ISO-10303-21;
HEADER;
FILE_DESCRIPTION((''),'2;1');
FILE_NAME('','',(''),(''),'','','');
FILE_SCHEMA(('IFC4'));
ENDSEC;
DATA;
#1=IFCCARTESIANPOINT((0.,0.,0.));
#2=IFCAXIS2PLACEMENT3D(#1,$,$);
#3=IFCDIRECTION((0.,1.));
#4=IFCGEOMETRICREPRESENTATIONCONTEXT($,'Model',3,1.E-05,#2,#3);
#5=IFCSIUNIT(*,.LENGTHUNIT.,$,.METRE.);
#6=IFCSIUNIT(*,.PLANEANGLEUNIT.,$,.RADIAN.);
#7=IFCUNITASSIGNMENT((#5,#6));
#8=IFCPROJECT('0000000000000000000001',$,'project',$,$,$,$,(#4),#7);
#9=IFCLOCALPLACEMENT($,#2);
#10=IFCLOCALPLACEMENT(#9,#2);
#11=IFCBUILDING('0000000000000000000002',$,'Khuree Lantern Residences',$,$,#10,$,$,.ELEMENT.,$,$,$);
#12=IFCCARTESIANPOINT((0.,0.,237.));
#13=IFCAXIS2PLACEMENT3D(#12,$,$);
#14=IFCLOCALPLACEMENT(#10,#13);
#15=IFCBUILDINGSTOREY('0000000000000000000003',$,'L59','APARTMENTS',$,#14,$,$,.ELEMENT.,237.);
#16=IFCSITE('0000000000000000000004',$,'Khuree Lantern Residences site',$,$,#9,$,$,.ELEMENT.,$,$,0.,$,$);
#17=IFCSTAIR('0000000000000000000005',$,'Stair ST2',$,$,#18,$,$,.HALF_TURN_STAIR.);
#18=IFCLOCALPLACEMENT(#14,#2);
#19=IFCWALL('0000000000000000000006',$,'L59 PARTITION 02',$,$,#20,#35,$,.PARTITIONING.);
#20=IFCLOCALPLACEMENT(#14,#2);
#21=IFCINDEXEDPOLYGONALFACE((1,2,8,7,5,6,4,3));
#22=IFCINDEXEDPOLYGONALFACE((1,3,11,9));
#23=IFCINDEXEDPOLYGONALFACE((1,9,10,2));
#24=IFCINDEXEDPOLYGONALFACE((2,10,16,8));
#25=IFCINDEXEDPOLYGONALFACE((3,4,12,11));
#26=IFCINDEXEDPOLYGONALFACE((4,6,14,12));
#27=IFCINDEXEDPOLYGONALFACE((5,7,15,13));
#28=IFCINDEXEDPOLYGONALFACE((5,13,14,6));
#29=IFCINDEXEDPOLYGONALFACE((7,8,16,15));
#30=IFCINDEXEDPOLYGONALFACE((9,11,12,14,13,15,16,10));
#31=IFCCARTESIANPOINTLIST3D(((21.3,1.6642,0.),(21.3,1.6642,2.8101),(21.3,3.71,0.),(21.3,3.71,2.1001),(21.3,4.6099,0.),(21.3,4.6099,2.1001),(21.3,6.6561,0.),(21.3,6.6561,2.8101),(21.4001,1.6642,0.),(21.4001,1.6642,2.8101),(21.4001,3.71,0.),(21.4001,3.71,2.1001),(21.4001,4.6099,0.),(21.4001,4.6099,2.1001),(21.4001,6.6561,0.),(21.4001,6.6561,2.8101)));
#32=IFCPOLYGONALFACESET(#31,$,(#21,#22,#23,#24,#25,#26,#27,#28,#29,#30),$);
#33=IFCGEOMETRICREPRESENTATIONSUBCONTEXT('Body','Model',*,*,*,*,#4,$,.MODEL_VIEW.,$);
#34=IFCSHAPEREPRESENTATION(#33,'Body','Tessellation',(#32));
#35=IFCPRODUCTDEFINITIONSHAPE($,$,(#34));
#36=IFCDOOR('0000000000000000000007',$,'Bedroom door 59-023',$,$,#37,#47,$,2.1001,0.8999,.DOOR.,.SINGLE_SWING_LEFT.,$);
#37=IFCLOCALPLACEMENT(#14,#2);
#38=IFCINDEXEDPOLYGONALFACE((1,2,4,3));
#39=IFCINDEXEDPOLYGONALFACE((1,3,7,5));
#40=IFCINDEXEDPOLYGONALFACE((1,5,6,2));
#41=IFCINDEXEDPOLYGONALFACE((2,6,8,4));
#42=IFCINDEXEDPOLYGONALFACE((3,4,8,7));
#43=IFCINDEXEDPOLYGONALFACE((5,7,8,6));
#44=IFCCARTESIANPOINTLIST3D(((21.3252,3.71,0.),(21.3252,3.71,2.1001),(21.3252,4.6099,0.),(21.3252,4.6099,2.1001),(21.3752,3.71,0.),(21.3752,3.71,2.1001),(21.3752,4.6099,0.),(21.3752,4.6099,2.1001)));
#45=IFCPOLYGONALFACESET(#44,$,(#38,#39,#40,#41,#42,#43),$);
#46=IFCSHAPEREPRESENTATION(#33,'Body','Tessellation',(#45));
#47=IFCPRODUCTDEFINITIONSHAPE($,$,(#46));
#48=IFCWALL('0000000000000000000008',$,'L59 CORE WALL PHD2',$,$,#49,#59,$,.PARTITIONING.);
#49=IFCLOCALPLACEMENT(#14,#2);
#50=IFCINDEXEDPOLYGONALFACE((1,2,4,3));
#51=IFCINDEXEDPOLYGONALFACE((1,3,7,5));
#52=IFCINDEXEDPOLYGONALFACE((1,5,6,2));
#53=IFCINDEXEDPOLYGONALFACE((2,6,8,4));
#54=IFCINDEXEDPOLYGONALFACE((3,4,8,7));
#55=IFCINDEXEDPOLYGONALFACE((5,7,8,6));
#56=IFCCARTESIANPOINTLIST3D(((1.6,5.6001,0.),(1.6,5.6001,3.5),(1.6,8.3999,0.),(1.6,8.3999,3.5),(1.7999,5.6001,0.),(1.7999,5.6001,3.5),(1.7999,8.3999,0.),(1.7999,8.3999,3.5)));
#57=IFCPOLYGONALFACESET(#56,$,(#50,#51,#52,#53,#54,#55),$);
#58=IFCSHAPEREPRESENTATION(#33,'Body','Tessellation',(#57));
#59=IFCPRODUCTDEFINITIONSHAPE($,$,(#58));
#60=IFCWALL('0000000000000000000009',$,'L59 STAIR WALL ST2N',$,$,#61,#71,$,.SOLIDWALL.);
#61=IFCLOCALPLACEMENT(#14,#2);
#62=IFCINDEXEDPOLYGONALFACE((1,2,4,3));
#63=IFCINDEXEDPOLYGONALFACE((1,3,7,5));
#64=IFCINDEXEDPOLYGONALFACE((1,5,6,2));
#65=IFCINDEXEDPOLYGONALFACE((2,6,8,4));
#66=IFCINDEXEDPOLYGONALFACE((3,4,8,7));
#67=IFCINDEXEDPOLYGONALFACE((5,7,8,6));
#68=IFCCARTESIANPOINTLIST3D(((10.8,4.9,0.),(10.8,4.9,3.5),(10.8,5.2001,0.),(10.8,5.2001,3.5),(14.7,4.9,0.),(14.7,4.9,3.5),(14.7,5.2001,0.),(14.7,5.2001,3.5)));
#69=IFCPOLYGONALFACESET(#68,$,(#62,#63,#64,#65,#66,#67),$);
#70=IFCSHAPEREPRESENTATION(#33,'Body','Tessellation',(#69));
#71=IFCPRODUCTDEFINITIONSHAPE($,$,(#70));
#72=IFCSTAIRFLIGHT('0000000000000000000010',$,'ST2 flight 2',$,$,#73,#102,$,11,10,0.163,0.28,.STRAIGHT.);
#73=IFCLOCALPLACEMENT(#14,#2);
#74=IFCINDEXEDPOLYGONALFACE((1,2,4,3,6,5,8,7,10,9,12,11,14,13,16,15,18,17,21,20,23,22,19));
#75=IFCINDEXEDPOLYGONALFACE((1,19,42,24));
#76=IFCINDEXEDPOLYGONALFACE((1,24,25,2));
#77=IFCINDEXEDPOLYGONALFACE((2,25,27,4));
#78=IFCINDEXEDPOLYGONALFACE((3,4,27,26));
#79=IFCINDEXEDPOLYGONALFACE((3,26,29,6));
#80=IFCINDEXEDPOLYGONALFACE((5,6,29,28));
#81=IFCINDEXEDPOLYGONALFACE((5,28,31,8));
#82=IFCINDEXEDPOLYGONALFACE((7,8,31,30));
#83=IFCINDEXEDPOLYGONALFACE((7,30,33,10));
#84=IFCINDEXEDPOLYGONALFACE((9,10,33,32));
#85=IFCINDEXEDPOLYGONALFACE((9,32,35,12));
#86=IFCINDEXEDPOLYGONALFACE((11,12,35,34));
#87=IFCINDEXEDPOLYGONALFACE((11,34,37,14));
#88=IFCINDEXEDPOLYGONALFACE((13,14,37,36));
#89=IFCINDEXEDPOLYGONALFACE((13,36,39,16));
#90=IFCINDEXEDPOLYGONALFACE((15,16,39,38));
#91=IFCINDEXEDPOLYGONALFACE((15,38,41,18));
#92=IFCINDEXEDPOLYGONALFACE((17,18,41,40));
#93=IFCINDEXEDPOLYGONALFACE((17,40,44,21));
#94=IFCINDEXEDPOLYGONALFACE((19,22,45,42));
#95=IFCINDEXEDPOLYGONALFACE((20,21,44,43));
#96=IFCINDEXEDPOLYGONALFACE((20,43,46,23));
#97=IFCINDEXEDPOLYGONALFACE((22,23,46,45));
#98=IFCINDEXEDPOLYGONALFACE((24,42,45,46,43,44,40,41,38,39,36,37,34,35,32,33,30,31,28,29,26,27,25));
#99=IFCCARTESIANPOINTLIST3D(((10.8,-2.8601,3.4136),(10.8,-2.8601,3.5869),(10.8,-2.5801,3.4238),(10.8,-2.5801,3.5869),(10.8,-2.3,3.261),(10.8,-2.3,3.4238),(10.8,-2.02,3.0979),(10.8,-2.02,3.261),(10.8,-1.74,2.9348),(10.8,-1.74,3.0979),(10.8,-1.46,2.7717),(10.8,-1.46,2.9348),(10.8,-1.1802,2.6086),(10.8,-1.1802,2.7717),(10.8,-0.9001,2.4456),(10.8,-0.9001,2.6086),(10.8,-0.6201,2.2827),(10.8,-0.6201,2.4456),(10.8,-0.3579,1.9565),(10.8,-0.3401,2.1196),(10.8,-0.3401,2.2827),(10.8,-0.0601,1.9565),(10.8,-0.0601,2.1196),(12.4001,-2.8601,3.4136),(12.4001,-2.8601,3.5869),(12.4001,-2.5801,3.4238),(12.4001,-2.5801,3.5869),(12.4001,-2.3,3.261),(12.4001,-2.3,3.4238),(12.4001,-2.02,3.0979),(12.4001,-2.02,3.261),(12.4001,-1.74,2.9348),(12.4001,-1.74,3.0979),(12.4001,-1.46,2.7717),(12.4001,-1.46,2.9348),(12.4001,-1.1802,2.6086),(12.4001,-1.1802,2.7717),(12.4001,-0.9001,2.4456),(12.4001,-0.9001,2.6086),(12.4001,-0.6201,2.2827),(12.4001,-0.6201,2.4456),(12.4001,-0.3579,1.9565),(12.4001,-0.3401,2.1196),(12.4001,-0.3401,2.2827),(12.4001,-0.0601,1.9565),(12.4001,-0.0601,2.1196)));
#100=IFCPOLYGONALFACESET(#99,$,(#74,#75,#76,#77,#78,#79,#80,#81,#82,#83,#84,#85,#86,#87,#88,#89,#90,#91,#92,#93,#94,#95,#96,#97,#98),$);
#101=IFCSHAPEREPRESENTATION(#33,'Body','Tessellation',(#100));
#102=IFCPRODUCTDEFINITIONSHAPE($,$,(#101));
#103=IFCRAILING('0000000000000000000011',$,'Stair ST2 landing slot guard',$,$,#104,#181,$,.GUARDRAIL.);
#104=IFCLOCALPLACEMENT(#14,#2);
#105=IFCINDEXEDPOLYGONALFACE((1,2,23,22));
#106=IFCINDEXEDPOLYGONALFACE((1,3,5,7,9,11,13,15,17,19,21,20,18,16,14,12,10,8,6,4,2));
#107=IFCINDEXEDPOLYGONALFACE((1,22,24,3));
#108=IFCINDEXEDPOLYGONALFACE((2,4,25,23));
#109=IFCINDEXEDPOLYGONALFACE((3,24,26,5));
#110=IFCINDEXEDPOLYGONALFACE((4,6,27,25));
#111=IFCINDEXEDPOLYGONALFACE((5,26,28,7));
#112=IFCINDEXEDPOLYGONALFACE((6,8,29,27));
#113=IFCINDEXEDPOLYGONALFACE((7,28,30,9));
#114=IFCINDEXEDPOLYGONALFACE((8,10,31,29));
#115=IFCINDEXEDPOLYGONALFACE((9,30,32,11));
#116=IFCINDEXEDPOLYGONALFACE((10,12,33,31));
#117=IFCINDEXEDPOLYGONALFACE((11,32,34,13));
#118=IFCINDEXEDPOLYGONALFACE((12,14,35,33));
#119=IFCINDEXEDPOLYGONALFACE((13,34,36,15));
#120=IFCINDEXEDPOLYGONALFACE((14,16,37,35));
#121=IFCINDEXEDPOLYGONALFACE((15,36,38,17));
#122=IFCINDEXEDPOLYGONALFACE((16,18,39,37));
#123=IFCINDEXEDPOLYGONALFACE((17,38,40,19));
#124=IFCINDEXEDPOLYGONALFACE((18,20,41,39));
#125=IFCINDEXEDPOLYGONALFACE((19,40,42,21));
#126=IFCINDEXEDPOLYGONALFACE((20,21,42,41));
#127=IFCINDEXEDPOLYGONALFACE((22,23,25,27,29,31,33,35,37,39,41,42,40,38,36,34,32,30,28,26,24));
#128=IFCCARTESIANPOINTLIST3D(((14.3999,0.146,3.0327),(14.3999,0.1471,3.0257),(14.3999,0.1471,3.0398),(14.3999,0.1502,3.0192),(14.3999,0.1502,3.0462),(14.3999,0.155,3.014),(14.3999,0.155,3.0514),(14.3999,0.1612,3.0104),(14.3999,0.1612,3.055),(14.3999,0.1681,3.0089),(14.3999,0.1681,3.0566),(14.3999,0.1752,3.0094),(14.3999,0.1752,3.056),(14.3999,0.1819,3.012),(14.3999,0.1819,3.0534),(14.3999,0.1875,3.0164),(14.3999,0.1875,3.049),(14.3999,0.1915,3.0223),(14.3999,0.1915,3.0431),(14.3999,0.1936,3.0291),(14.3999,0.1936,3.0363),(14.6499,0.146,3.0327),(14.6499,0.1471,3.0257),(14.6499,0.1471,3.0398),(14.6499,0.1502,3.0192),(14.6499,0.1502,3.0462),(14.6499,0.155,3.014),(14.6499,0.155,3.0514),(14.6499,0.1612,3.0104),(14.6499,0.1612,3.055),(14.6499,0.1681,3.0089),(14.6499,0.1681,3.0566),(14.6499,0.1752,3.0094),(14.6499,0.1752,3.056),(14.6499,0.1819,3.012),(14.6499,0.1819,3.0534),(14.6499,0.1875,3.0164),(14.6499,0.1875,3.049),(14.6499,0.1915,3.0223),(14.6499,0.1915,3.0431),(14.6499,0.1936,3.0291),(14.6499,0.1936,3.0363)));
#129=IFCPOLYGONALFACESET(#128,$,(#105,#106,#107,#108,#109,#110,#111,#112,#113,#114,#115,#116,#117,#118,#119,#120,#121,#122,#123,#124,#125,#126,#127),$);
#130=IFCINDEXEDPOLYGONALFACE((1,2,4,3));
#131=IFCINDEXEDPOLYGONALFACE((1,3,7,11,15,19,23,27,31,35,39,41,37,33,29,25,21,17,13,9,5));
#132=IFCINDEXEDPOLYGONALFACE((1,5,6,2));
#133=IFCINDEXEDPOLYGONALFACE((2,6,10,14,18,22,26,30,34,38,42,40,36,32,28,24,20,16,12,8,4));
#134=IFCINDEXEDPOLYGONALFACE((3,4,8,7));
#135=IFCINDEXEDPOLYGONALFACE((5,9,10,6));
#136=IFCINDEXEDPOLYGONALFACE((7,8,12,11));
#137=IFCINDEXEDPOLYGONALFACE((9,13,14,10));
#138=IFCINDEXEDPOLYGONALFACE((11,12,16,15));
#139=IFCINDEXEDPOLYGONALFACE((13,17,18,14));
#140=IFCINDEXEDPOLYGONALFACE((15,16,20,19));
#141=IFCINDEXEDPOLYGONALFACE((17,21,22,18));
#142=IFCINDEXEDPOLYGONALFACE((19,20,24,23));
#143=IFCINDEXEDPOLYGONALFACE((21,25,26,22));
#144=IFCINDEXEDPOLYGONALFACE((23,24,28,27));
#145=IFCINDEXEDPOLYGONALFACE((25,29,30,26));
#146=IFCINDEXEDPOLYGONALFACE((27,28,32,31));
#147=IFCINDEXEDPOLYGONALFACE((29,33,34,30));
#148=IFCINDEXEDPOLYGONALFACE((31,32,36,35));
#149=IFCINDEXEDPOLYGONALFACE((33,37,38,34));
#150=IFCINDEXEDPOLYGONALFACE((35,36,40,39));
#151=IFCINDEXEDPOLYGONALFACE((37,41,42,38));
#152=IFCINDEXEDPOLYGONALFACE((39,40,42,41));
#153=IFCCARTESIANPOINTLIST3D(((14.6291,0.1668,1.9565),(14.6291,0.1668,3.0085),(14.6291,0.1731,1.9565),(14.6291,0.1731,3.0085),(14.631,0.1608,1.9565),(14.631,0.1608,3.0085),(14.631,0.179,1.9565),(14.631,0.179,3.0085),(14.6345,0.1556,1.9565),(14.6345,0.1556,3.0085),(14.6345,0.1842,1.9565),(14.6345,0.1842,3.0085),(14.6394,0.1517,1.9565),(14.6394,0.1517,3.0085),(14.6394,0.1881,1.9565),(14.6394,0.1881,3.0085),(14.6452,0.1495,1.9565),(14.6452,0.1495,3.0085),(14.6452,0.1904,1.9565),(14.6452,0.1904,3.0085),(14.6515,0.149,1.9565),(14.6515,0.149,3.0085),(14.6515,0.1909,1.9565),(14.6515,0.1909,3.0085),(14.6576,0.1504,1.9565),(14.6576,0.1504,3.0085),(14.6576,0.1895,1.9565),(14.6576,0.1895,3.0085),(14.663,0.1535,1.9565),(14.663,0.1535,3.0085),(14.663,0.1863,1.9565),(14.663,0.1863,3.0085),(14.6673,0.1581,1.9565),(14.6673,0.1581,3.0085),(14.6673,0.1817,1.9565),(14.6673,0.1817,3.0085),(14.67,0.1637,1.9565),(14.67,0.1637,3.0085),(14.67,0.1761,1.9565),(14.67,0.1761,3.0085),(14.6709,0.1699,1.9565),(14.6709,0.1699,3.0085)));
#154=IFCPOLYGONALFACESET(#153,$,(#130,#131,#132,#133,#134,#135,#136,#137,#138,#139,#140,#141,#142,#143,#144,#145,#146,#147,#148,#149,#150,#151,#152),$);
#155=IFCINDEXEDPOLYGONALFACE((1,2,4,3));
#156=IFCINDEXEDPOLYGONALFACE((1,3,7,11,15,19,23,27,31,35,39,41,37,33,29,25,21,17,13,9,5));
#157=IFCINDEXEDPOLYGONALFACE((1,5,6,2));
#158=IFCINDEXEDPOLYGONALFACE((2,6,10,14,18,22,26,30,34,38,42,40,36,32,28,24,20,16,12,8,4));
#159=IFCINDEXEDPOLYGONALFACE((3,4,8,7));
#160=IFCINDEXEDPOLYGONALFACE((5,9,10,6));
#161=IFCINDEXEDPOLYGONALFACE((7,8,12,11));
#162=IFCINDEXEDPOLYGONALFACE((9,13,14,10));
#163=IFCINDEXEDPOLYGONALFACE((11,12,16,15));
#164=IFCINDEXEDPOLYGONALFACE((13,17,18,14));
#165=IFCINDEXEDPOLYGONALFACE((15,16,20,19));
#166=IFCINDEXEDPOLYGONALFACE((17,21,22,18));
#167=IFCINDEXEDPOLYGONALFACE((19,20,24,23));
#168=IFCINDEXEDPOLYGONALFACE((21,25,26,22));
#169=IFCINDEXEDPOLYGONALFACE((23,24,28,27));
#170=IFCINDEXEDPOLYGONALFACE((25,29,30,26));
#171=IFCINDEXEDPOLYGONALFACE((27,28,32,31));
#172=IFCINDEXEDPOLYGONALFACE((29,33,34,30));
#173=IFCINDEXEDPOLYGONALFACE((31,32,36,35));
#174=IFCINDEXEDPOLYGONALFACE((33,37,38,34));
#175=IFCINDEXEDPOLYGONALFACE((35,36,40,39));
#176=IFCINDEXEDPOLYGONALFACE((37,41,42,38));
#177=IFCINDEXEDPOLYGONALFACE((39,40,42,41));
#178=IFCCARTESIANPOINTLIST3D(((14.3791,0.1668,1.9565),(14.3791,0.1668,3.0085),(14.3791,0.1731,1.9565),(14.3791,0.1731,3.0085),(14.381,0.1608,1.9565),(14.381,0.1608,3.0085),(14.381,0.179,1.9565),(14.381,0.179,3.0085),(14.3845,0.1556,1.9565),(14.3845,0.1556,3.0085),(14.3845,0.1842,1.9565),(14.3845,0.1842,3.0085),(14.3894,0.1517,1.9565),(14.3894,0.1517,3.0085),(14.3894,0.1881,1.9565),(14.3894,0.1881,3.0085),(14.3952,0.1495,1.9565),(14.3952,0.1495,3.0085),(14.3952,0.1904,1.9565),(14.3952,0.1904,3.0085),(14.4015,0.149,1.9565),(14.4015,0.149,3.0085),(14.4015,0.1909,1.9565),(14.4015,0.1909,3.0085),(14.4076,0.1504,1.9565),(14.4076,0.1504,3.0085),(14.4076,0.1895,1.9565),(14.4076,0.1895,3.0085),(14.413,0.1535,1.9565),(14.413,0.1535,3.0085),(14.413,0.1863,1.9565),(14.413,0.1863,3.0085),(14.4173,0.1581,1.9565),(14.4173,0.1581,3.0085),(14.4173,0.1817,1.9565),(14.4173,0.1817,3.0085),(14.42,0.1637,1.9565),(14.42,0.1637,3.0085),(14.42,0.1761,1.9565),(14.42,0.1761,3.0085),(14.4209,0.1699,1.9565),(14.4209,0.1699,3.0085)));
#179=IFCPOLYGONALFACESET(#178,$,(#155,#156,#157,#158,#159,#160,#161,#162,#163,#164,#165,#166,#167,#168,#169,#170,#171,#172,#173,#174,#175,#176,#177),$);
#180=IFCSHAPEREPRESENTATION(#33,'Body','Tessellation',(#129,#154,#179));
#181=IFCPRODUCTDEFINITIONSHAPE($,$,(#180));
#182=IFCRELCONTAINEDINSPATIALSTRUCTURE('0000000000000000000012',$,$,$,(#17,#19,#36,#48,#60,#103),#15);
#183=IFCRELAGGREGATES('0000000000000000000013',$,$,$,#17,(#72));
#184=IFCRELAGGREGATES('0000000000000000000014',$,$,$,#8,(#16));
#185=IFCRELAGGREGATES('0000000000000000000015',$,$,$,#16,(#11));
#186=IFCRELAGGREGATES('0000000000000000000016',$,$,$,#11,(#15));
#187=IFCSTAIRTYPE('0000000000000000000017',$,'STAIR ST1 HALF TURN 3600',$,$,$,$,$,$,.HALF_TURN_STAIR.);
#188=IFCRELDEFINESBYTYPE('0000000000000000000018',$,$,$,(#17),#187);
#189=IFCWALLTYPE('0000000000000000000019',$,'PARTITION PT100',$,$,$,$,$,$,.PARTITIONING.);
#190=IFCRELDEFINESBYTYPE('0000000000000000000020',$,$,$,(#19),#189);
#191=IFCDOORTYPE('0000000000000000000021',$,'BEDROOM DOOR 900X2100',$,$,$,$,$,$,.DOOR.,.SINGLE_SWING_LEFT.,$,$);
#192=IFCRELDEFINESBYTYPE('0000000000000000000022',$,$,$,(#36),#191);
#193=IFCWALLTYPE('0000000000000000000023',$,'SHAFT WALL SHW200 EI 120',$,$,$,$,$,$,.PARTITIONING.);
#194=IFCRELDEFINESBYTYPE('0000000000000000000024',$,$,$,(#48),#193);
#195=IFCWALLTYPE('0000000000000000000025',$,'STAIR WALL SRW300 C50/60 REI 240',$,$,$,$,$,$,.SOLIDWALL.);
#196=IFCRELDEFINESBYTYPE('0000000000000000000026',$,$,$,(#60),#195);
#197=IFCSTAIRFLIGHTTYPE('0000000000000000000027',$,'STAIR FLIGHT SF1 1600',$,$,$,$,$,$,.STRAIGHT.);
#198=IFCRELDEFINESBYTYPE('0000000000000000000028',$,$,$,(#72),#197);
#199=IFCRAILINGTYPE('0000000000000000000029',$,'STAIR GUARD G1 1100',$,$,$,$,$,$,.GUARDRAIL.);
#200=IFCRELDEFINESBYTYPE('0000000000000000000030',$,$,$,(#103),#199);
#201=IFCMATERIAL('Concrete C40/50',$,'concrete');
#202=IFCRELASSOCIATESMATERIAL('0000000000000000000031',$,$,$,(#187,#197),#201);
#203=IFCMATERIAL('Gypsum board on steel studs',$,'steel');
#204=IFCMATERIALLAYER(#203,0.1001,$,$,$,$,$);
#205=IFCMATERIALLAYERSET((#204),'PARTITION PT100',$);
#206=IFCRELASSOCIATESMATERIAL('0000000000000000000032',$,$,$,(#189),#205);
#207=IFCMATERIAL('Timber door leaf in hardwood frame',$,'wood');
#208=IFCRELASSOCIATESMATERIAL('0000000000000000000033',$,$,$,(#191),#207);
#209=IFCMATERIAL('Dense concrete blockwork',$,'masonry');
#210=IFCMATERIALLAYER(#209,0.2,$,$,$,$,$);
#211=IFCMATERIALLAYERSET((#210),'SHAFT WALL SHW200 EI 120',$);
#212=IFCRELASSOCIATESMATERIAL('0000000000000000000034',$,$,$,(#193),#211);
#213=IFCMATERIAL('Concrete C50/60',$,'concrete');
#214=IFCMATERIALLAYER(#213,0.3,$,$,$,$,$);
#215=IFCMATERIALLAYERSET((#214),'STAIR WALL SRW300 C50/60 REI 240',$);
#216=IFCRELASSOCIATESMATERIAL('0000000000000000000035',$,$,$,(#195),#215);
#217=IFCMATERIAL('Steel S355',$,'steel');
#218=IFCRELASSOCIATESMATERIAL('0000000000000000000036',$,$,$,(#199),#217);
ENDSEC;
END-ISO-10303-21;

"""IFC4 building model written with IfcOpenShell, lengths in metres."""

from ifc_helpers import new_model, si_unit, direction, frame, frame_2d, origin, origin_2d, place, context, subcontext, project, spatial, polyline, rectangle, circle, outline, extrude, material, layer, layer_set, type_object, element, fill, aggregate, save


model = new_model("IFC4")

# Units and contexts
model_context = context("Model", 3, precision=1e-05, world=origin(), true_north=direction((0.0, 1.0)))
body_context = subcontext(model_context, "Body", "Model", "MODEL_VIEW")
ifc_project = project(units=[si_unit("LENGTHUNIT", "METRE"), si_unit("PLANEANGLEUNIT", "RADIAN")], contexts=[model_context])

# Site, building, storey
site_placement = place(None, origin())
site = spatial("IfcSite", under=ifc_project, at=site_placement, Name="Khuree Lantern Residences site", CompositionType="ELEMENT", RefElevation=0.0)
building_placement = place(site_placement, origin())
building = spatial("IfcBuilding", under=site, at=building_placement, Name="Khuree Lantern Residences", CompositionType="ELEMENT")
storey_placement = place(building_placement, frame((0.0, 0.0, 237.0)))
storey = spatial("IfcBuildingStorey", under=building, at=storey_placement, Name="L59", Description="APARTMENTS", CompositionType="ELEMENT", Elevation=237.0)

# Shared definitions
ifc_material_1 = material(Name="Concrete C50/60", Category="concrete")

# Stair
ifc_material_2 = material(Name="Concrete C40/50", Category="concrete")
stair_type = type_object("IfcStairType", Name="STAIR ST1 HALF TURN 3600", PredefinedType="HALF_TURN_STAIR", material=ifc_material_2)
stair_1_placement = place(storey_placement, origin())
stair_1 = element("IfcStair", 1, at=stair_1_placement, inside=storey, type_object=stair_type, Name="Stair ST2", PredefinedType="HALF_TURN_STAIR")

# Shared definitions
ifc_material_3 = material(Name="Timber door leaf in hardwood frame", Category="wood")

# Shared definitions
ifc_material_4 = material(Name="Dense concrete blockwork", Category="masonry")
ifc_material_5 = material(Name="Gypsum board on steel studs", Category="steel")
ifc_layer_1 = layer(ifc_material_5, 0.1001)
ifc_layer_set_1 = layer_set([ifc_layer_1], Name="PARTITION PT100")
wall_type_1 = type_object("IfcWallType", Name="PARTITION PT100", PredefinedType="PARTITIONING", material=ifc_layer_set_1)

# Wall, opening, door
wall_1_placement = place(storey_placement, frame((21.3501, 1.6641, 0.0), z_axis=(0.0, 0.0, 1.0), x_axis=(0.0, 1.0, 0.0)))
wall_1 = element("IfcWall", 2, at=wall_1_placement, inside=storey, type_object=wall_type_1, Name="L59 PARTITION 02", PredefinedType="PARTITIONING", context=body_context, shape_type="SweptSolid", body=[
    extrude(rectangle(XDim=4.9919, YDim=0.1001, at=frame_2d((2.4961, 0.0))), origin(), (0.0, 0.0, 1.0), 2.8101),
])
opening_1_placement = place(wall_1_placement, frame((2.0459, 0.0, 0.0)))
opening_1 = element("IfcOpeningElement", 3, at=opening_1_placement, cuts=wall_1, PredefinedType="OPENING", context=body_context, shape_type="SweptSolid", body=[
    extrude(rectangle(XDim=0.8999, YDim=2.1001, at=frame_2d((0.45, 1.05))), frame((0.0, 0.0601, 0.0), z_axis=(0.0, -1.0, 0.0), x_axis=(1.0, 0.0, 0.0)), (0.0, 0.0, 1.0), 0.1201),
])
door_type_1 = type_object("IfcDoorType", Name="BEDROOM DOOR 900X2100", OperationType="SINGLE_SWING_LEFT", PredefinedType="DOOR", material=ifc_material_3)
door_1_placement = place(opening_1_placement, origin())
door_1 = element("IfcDoor", 4, at=door_1_placement, inside=storey, type_object=door_type_1, Name="Bedroom door 59-023", OperationType="SINGLE_SWING_LEFT", OverallHeight=2.1001, OverallWidth=0.8999, PredefinedType="DOOR", context=body_context, shape_type="SweptSolid", body=[
    extrude(rectangle(XDim=0.8999, YDim=2.1001, at=frame_2d((0.45, 1.05))), frame((0.0, 0.0249, 0.0), z_axis=(0.0, -1.0, 0.0), x_axis=(1.0, 0.0, 0.0)), (0.0, 0.0, 1.0), 0.05),
])
fill(opening_1, door_1)

# Walls
ifc_layer_2 = layer(ifc_material_4, 0.2)
ifc_layer_set_2 = layer_set([ifc_layer_2], Name="SHAFT WALL SHW200 EI 120")
wall_type_2 = type_object("IfcWallType", Name="SHAFT WALL SHW200 EI 120", PredefinedType="PARTITIONING", material=ifc_layer_set_2)
wall_2_placement = place(storey_placement, frame((1.7, 5.6001, 0.0), z_axis=(0.0, 0.0, 1.0), x_axis=(0.0, 1.0, 0.0)))
element("IfcWall", 5, at=wall_2_placement, inside=storey, type_object=wall_type_2, Name="L59 CORE WALL PHD2", PredefinedType="PARTITIONING", context=body_context, shape_type="SweptSolid", body=[
    extrude(rectangle(XDim=2.7998, YDim=0.2, at=frame_2d((1.3999, 0.0))), origin(), (0.0, 0.0, 1.0), 3.5),
])
ifc_layer_3 = layer(ifc_material_1, 0.3)
ifc_layer_set_3 = layer_set([ifc_layer_3], Name="STAIR WALL SRW300 C50/60 REI 240")
wall_type_3 = type_object("IfcWallType", Name="STAIR WALL SRW300 C50/60 REI 240", PredefinedType="SOLIDWALL", material=ifc_layer_set_3)
wall_3_placement = place(storey_placement, frame((14.7, 5.05, 0.0), z_axis=(0.0, 0.0, 1.0), x_axis=(-1.0, 0.0, 0.0)))
element("IfcWall", 6, at=wall_3_placement, inside=storey, type_object=wall_type_3, Name="L59 STAIR WALL ST2N", PredefinedType="SOLIDWALL", context=body_context, shape_type="SweptSolid", body=[
    extrude(rectangle(XDim=3.8999, YDim=0.3, at=frame_2d((1.95, 0.0))), origin(), (0.0, 0.0, 1.0), 3.5),
])

# Stair flight
stair_flight_type = type_object("IfcStairFlightType", Name="STAIR FLIGHT SF1 1600", PredefinedType="STRAIGHT", material=ifc_material_2)
stair_flight_placement = place(storey_placement, frame((11.6001, -0.0601, 1.9565), z_axis=(0.0, 0.0, 1.0), x_axis=(0.0, -1.0, 0.0)))
stair_flight = element("IfcStairFlight", 7, at=stair_flight_placement, type_object=stair_flight_type, Name="ST2 flight 2", NumberOfRisers=11, NumberOfTreads=10, PredefinedType="STRAIGHT", RiserHeight=0.163, TreadLength=0.28, context=body_context, shape_type="SweptSolid", body=[
    extrude(outline(polyline([(0.0, 0.0), (0.0, 0.1631), (0.28, 0.1631), (0.28, 0.3262), (0.5601, 0.3262), (0.5601, 0.489), (0.8401, 0.489), (0.8401, 0.6521), (1.1201, 0.6521), (1.1201, 0.8152), (1.3999, 0.8152), (1.3999, 0.9783), (1.6799, 0.9783), (1.6799, 1.1414), (1.96, 1.1414), (1.96, 1.3044), (2.24, 1.3044), (2.24, 1.4673), (2.52, 1.4673), (2.52, 1.6304), (2.8, 1.6304), (2.8, 1.7935), (2.8, 1.457), (0.2979, 0.0), (0.0, 0.0)])), frame((0.0, 0.8, 0.0), z_axis=(0.0, -1.0, 0.0), x_axis=(1.0, 0.0, 0.0)), (0.0, 0.0, 1.0), 1.6001),
])
aggregate(stair_1, [stair_flight])

# Railing
ifc_material_6 = material(Name="Steel S355", Category="steel")
railing_type = type_object("IfcRailingType", Name="STAIR GUARD G1 1100", PredefinedType="GUARDRAIL", material=ifc_material_6)
railing_placement = place(storey_placement, frame((14.6499, 0.1699, 1.9565)))
element("IfcRailing", 8, at=railing_placement, inside=storey, type_object=railing_type, Name="Stair ST2 landing slot guard", PredefinedType="GUARDRAIL", context=body_context, shape_type="SweptSolid", body=[
    extrude(circle(Radius=0.0239, at=origin_2d()), frame((0.0, 0.0, 1.0762), z_axis=(-1.0, 0.0, 0.0), x_axis=(0.0, -1.0, 0.0)), (0.0, 0.0, 1.0), 0.25),
    extrude(circle(Radius=0.021, at=origin_2d()), origin(), (0.0, 0.0, 1.0), 1.052),
    extrude(circle(Radius=0.021, at=origin_2d()), frame((-0.25, 0.0, 0.0)), (0.0, 0.0, 1.0), 1.052),
])

save(model, "model.ifc")
